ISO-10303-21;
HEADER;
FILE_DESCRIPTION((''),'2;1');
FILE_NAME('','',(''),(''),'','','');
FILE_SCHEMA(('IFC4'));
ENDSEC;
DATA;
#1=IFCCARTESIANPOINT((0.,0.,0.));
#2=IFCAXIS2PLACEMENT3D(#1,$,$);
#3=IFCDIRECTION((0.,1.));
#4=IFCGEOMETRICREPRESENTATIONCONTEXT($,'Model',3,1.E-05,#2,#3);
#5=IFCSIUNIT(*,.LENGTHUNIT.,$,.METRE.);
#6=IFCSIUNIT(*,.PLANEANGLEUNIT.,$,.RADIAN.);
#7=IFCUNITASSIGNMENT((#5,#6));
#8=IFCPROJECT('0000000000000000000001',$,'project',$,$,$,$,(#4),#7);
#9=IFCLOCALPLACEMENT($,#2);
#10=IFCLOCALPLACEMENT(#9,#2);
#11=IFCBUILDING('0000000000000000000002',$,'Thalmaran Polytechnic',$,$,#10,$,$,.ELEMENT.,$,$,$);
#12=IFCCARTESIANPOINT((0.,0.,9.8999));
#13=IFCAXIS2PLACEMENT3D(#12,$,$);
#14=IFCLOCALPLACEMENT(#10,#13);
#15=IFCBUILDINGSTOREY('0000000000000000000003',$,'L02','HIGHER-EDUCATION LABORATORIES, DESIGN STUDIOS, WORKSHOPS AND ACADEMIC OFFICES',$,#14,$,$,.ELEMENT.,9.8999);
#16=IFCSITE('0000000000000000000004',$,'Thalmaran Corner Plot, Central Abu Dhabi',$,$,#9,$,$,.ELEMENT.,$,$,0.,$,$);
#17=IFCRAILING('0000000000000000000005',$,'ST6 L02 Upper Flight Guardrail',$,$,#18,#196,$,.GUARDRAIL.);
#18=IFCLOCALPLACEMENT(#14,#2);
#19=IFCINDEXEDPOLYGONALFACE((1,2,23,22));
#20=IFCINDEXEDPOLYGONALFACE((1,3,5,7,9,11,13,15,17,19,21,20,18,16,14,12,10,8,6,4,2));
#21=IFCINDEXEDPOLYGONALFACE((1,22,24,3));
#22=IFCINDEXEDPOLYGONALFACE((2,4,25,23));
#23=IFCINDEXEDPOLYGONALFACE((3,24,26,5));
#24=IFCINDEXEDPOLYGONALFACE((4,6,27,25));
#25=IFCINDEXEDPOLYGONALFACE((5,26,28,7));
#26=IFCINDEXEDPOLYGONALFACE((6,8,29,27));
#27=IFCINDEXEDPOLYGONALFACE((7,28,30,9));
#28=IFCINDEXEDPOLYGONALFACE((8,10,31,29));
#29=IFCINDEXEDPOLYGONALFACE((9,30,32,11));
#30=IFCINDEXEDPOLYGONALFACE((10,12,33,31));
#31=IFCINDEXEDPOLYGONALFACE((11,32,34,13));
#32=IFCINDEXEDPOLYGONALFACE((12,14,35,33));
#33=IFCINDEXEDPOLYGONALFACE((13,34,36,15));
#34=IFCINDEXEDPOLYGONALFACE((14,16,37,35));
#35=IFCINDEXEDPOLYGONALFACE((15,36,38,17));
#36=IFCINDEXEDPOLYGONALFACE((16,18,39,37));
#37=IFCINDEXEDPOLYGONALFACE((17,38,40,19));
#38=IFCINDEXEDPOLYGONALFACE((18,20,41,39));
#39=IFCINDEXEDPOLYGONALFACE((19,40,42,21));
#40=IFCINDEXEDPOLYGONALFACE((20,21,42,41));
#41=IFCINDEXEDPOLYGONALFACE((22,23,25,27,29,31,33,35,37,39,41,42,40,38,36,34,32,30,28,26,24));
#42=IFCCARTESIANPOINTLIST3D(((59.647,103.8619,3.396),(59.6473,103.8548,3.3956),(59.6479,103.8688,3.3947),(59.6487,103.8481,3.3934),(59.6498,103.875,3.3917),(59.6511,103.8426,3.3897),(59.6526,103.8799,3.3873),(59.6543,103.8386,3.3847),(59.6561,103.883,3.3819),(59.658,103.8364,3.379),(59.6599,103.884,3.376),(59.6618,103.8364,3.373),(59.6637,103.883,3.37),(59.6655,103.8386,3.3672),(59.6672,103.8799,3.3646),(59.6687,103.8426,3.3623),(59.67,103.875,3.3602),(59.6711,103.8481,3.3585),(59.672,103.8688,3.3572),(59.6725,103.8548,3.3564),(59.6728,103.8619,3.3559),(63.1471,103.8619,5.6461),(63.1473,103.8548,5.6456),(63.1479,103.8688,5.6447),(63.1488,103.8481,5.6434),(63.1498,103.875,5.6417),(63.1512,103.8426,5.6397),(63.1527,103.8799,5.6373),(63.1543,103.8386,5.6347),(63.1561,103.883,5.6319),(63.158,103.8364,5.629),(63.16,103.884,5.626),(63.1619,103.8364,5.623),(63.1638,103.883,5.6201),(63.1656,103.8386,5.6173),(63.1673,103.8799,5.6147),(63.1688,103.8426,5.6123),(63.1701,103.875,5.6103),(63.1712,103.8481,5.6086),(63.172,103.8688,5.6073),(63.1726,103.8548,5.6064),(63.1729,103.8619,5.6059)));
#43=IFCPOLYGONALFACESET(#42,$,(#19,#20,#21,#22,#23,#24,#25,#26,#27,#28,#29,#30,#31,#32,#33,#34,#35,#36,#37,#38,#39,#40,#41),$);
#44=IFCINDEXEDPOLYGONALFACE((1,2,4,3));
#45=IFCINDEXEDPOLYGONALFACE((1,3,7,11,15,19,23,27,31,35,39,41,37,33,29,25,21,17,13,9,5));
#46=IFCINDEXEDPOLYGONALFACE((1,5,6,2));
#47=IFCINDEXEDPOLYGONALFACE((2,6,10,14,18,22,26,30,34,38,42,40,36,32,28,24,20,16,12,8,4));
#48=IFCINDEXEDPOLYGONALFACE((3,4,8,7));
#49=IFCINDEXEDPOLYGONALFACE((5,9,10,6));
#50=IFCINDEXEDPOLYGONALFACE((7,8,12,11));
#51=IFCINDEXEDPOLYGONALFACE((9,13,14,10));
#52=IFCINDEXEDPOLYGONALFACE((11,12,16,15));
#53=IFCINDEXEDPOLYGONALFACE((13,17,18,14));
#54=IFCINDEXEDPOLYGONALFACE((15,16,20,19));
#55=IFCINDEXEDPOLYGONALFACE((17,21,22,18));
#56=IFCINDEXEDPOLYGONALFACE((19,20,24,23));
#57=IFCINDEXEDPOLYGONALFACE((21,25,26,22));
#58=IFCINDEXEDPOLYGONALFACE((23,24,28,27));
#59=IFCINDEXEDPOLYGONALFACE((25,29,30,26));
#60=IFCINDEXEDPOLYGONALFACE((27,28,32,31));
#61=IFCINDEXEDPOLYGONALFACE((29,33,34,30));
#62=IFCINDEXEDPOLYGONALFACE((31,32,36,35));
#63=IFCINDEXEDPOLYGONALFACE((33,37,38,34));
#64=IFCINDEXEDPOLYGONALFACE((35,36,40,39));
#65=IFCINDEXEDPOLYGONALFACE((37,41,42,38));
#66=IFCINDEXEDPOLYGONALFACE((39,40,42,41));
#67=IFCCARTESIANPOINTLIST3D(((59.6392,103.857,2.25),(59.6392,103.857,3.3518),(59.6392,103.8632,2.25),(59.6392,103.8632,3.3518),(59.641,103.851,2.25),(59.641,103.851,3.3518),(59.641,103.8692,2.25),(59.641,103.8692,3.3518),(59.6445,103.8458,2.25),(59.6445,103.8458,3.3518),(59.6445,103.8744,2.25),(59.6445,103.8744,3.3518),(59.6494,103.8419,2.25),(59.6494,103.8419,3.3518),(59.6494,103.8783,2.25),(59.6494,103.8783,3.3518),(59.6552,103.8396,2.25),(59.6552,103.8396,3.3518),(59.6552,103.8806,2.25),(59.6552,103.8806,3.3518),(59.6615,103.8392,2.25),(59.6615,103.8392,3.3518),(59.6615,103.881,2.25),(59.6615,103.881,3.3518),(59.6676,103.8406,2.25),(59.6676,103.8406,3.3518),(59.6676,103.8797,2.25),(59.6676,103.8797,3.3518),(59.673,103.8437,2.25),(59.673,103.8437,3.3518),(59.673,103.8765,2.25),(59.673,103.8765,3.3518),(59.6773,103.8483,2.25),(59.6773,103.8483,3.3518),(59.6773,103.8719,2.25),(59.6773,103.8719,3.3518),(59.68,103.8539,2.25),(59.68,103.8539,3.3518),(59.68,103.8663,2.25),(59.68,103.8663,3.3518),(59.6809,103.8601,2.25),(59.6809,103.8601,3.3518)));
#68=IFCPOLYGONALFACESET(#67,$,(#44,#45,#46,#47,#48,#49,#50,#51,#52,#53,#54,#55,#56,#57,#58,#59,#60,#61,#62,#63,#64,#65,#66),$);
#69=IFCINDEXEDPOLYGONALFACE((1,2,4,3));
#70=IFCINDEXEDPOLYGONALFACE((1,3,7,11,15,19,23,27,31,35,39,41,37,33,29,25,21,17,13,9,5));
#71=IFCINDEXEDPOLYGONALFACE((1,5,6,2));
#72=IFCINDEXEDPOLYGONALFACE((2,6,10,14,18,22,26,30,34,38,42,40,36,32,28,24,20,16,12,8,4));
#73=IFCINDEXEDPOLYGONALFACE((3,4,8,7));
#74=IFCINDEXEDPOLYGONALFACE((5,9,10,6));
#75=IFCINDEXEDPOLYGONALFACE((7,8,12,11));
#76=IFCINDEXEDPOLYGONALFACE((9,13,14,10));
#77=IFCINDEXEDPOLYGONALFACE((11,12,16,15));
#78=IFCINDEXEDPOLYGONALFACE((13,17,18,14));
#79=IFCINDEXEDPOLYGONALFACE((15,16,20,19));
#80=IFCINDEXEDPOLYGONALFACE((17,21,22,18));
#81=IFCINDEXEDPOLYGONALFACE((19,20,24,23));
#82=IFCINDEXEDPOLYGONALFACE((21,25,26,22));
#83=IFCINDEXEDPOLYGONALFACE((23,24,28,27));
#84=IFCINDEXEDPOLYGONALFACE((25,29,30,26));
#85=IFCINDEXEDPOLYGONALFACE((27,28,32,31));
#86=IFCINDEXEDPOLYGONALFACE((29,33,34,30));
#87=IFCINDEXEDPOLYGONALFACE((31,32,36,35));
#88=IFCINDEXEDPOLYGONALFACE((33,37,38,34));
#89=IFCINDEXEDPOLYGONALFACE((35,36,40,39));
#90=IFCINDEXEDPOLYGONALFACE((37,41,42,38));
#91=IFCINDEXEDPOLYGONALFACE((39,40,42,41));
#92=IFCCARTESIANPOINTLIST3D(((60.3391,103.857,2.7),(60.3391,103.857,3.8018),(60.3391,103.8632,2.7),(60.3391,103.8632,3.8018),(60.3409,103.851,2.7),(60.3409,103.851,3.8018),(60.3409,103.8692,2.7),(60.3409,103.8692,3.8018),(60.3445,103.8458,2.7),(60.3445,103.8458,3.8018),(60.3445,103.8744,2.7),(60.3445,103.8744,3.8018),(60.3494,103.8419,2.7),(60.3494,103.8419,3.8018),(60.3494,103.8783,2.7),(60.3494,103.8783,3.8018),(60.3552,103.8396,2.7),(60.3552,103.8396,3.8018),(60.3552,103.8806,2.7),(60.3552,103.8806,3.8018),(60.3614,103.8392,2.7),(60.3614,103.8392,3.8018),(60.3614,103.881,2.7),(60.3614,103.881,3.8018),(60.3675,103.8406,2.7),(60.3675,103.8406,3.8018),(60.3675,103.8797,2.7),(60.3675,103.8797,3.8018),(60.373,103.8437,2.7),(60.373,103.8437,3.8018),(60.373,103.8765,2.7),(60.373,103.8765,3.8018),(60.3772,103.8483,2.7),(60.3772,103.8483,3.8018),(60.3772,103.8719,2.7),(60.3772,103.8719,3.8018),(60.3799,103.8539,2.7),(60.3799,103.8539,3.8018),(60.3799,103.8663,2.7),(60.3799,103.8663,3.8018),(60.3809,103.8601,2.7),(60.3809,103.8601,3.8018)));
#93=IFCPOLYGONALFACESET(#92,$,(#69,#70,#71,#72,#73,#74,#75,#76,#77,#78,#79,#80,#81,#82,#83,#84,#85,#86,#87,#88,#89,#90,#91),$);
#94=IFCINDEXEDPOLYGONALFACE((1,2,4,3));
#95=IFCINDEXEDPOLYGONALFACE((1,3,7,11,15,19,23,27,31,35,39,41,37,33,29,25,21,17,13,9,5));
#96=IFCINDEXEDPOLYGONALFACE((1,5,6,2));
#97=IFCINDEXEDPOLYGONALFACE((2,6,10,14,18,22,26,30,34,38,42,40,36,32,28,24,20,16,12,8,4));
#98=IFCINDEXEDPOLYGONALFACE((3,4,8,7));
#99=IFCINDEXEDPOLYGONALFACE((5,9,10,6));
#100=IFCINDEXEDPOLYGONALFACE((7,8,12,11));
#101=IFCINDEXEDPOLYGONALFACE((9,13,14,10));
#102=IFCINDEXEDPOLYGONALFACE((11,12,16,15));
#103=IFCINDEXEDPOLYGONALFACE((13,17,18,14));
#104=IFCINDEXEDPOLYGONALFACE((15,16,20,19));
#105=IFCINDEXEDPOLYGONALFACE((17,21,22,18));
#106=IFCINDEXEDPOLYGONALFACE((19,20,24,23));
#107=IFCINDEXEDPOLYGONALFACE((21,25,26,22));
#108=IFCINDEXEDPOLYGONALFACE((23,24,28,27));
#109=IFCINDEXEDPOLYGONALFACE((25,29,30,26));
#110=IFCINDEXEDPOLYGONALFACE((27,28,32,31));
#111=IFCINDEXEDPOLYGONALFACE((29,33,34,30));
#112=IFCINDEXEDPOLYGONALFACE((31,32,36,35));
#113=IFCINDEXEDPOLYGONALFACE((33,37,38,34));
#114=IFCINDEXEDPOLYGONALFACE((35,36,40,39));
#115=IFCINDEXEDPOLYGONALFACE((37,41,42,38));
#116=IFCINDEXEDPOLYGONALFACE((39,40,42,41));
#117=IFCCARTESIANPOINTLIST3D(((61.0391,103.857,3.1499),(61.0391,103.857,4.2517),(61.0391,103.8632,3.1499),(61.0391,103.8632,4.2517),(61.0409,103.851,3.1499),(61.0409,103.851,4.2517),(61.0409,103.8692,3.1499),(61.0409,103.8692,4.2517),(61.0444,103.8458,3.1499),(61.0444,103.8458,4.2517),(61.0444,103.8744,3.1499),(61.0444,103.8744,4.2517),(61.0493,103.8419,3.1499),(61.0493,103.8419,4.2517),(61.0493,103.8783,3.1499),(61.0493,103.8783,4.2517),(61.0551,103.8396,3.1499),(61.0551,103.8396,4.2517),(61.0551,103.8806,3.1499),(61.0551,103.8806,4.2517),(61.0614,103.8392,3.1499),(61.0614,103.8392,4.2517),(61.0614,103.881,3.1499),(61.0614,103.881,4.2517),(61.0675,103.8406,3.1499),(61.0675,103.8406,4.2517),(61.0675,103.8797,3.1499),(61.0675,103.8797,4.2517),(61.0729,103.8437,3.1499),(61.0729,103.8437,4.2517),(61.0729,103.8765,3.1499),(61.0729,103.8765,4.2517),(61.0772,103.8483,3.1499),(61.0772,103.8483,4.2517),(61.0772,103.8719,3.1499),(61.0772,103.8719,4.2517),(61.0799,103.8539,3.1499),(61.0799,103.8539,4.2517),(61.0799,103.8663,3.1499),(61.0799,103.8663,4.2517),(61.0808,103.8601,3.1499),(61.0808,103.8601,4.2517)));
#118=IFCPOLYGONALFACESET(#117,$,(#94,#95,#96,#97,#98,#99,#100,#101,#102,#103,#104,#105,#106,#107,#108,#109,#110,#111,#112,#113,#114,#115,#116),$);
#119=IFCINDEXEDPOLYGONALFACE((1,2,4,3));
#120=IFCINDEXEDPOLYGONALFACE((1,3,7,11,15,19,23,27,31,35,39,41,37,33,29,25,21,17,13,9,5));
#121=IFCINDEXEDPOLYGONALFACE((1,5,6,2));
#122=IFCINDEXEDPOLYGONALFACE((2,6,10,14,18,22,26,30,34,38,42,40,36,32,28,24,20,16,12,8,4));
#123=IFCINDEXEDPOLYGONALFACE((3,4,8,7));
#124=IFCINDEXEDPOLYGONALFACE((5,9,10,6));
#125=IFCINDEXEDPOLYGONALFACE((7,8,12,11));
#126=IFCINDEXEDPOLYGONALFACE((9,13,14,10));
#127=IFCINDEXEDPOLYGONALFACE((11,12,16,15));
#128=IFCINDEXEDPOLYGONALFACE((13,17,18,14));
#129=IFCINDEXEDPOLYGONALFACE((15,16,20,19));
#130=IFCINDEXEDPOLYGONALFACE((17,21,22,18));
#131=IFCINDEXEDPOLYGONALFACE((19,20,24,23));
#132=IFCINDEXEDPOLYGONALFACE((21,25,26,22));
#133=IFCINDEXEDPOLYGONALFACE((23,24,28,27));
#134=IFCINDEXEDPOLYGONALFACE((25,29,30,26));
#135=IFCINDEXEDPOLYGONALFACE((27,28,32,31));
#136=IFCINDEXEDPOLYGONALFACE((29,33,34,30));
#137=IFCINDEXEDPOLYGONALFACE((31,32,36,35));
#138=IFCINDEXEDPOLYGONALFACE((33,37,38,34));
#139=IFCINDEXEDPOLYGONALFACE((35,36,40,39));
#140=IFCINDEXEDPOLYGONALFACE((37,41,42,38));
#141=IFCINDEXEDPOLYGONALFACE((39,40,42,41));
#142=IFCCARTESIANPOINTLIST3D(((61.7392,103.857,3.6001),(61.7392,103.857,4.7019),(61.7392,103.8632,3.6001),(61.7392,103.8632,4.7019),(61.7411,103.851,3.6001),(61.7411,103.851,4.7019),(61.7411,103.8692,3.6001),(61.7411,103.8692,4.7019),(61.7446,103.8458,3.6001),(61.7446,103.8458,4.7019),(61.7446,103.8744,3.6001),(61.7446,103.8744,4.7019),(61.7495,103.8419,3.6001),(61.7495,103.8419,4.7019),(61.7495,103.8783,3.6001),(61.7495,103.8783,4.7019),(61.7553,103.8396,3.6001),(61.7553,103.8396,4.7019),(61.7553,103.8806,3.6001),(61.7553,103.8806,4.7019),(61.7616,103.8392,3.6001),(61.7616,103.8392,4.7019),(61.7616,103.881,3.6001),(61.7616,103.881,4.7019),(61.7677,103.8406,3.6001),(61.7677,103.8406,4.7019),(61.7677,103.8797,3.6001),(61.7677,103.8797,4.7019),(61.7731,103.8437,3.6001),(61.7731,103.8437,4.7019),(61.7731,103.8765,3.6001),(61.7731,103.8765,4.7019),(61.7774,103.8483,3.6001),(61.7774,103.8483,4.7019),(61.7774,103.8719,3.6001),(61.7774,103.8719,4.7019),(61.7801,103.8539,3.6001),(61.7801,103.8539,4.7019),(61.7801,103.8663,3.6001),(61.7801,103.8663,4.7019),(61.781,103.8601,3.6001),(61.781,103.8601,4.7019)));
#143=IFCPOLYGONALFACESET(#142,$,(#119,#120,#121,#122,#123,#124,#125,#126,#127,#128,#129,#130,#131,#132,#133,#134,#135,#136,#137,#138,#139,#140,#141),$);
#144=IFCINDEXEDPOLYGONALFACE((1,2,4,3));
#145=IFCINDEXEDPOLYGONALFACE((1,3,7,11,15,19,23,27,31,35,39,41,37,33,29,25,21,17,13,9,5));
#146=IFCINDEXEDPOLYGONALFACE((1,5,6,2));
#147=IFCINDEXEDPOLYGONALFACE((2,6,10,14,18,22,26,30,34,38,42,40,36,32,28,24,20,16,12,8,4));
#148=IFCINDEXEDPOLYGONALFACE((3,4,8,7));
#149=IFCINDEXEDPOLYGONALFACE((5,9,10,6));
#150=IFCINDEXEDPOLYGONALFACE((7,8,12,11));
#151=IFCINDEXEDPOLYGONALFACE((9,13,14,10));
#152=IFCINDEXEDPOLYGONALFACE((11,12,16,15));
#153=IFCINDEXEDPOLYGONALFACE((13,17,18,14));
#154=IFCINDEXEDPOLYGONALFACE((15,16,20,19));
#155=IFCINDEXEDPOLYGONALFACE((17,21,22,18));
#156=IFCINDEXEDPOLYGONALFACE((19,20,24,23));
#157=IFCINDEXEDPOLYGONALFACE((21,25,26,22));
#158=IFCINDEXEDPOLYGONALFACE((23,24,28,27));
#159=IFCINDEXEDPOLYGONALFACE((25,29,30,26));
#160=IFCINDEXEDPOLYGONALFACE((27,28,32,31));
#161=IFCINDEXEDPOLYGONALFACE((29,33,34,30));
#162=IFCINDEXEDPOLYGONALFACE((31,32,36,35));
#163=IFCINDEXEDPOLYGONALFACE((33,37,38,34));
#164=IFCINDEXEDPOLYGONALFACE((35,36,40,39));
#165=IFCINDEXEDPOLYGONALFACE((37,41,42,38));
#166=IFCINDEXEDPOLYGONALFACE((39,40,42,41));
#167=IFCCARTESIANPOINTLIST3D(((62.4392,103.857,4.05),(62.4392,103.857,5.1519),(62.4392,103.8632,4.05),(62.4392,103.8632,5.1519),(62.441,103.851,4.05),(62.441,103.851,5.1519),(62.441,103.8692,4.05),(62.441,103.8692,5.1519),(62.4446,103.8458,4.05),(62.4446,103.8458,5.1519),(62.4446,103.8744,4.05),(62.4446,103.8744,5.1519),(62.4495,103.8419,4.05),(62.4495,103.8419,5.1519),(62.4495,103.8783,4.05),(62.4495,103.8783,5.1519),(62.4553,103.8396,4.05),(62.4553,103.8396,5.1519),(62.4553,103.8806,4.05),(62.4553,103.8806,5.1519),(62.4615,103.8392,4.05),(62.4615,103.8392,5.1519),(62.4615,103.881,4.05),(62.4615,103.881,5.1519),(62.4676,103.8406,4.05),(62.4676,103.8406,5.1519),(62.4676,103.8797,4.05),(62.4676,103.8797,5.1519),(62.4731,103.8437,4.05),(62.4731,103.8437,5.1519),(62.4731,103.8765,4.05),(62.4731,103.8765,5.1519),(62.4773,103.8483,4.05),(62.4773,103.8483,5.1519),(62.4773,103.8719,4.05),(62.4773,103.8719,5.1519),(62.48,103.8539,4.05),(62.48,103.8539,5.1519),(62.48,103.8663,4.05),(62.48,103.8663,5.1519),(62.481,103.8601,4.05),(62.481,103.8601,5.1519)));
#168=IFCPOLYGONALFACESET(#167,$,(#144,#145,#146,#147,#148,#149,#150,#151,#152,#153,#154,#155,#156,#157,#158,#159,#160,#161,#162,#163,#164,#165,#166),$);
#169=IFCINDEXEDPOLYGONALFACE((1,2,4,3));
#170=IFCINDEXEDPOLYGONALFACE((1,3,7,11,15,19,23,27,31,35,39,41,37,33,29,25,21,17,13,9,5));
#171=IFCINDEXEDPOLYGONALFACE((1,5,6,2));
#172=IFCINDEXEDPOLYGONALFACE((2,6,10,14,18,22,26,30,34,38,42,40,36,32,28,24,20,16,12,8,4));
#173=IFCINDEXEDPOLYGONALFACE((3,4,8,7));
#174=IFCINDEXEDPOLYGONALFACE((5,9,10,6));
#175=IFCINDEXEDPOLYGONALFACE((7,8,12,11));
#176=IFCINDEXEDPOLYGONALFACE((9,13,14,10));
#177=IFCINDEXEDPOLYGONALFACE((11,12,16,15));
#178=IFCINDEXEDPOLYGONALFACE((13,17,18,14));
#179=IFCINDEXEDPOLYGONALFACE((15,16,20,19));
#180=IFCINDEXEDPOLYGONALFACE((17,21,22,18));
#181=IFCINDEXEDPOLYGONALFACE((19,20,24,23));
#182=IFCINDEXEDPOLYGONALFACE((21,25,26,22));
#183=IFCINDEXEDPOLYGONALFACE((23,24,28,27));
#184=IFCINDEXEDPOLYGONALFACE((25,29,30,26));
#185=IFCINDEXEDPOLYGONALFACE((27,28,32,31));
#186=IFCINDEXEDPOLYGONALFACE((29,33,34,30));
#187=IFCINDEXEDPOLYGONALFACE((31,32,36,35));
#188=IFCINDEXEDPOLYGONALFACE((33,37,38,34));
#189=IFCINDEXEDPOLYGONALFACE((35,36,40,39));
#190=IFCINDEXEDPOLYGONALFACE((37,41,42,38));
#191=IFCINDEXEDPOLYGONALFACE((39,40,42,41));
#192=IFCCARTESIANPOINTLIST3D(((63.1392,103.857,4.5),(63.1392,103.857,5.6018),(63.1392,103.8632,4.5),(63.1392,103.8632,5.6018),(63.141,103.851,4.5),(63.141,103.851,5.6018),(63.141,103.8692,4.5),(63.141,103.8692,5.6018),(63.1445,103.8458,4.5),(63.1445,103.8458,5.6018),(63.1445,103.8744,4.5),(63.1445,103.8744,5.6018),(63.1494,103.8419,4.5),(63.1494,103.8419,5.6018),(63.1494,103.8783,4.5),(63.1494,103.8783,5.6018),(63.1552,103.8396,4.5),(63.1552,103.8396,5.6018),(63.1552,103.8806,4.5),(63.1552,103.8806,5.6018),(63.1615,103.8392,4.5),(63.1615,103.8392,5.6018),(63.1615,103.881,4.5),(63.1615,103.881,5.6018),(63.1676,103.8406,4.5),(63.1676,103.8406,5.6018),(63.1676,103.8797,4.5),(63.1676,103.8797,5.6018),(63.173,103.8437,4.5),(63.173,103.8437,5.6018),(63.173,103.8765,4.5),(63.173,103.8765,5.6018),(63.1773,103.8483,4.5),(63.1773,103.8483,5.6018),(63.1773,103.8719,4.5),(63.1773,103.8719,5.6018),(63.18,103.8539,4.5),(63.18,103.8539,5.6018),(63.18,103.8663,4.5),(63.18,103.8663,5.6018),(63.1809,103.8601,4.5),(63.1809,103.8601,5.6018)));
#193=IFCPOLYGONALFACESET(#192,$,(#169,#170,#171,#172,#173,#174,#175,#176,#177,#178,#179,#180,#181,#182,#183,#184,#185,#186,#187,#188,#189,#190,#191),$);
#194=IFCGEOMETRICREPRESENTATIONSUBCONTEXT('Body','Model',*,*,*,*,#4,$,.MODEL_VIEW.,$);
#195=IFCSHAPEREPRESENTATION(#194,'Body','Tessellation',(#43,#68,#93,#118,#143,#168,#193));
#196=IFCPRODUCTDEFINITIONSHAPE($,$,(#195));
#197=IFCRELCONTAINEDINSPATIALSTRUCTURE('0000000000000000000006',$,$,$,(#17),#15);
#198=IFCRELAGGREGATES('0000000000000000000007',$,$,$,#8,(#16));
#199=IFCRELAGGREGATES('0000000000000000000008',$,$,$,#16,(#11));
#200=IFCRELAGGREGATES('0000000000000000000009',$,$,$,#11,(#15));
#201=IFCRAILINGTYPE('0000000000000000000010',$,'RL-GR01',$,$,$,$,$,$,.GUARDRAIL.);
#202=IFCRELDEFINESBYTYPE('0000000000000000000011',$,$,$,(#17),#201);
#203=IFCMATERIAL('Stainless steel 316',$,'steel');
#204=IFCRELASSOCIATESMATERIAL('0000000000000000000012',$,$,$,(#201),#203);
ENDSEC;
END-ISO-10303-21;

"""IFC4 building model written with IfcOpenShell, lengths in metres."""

from ifc_helpers import new_model, si_unit, direction, frame, origin, origin_2d, place, context, subcontext, project, spatial, circle, extrude, material, type_object, element, save


model = new_model("IFC4")

# Units and contexts
model_context = context("Model", 3, precision=1e-05, world=origin(), true_north=direction((0.0, 1.0)))
body_context = subcontext(model_context, "Body", "Model", "MODEL_VIEW")
ifc_project = project(units=[si_unit("LENGTHUNIT", "METRE"), si_unit("PLANEANGLEUNIT", "RADIAN")], contexts=[model_context])

# Site, building, storey
site_placement = place(None, origin())
site = spatial("IfcSite", under=ifc_project, at=site_placement, Name="Thalmaran Corner Plot, Central Abu Dhabi", CompositionType="ELEMENT", RefElevation=0.0)
building_placement = place(site_placement, origin())
building = spatial("IfcBuilding", under=site, at=building_placement, Name="Thalmaran Polytechnic", CompositionType="ELEMENT")
storey_placement = place(building_placement, frame((0.0, 0.0, 9.8999)))
storey = spatial("IfcBuildingStorey", under=building, at=storey_placement, Name="L02", Description="HIGHER-EDUCATION LABORATORIES, DESIGN STUDIOS, WORKSHOPS AND ACADEMIC OFFICES", CompositionType="ELEMENT", Elevation=9.8999)

# Railing
ifc_material_1 = material(Name="Stainless steel 316", Category="steel")
railing_type_1 = type_object("IfcRailingType", Name="RL-GR01", PredefinedType="GUARDRAIL", material=ifc_material_1)
railing_1_placement = place(storey_placement, frame((59.6599, 103.8601, 2.25)))
element("IfcRailing", 1, at=railing_1_placement, inside=storey, type_object=railing_type_1, Name="ST6 L02 Upper Flight Guardrail", PredefinedType="GUARDRAIL", context=body_context, shape_type="SweptSolid", body=[
    extrude(circle(Radius=0.0239, at=origin_2d()), frame((0.0, 0.0, 1.126), z_axis=(0.841178, 0.0, 0.540758), x_axis=(0.0, 1.0, 0.0)), (0.0, 0.0, 1.0), 4.1609),
    extrude(circle(Radius=0.021, at=origin_2d()), origin(), (0.0, 0.0, 1.0), 1.1018),
    extrude(circle(Radius=0.021, at=origin_2d()), frame((0.7, 0.0, 0.45)), (0.0, 0.0, 1.0), 1.1018),
    extrude(circle(Radius=0.021, at=origin_2d()), frame((1.3999, 0.0, 0.8999)), (0.0, 0.0, 1.0), 1.1018),
    extrude(circle(Radius=0.021, at=origin_2d()), frame((2.1001, 0.0, 1.3501)), (0.0, 0.0, 1.0), 1.1018),
    extrude(circle(Radius=0.021, at=origin_2d()), frame((2.8, 0.0, 1.8)), (0.0, 0.0, 1.0), 1.1018),
    extrude(circle(Radius=0.021, at=origin_2d()), frame((3.5, 0.0, 2.25)), (0.0, 0.0, 1.0), 1.1018),
])

save(model, "model.ifc")
